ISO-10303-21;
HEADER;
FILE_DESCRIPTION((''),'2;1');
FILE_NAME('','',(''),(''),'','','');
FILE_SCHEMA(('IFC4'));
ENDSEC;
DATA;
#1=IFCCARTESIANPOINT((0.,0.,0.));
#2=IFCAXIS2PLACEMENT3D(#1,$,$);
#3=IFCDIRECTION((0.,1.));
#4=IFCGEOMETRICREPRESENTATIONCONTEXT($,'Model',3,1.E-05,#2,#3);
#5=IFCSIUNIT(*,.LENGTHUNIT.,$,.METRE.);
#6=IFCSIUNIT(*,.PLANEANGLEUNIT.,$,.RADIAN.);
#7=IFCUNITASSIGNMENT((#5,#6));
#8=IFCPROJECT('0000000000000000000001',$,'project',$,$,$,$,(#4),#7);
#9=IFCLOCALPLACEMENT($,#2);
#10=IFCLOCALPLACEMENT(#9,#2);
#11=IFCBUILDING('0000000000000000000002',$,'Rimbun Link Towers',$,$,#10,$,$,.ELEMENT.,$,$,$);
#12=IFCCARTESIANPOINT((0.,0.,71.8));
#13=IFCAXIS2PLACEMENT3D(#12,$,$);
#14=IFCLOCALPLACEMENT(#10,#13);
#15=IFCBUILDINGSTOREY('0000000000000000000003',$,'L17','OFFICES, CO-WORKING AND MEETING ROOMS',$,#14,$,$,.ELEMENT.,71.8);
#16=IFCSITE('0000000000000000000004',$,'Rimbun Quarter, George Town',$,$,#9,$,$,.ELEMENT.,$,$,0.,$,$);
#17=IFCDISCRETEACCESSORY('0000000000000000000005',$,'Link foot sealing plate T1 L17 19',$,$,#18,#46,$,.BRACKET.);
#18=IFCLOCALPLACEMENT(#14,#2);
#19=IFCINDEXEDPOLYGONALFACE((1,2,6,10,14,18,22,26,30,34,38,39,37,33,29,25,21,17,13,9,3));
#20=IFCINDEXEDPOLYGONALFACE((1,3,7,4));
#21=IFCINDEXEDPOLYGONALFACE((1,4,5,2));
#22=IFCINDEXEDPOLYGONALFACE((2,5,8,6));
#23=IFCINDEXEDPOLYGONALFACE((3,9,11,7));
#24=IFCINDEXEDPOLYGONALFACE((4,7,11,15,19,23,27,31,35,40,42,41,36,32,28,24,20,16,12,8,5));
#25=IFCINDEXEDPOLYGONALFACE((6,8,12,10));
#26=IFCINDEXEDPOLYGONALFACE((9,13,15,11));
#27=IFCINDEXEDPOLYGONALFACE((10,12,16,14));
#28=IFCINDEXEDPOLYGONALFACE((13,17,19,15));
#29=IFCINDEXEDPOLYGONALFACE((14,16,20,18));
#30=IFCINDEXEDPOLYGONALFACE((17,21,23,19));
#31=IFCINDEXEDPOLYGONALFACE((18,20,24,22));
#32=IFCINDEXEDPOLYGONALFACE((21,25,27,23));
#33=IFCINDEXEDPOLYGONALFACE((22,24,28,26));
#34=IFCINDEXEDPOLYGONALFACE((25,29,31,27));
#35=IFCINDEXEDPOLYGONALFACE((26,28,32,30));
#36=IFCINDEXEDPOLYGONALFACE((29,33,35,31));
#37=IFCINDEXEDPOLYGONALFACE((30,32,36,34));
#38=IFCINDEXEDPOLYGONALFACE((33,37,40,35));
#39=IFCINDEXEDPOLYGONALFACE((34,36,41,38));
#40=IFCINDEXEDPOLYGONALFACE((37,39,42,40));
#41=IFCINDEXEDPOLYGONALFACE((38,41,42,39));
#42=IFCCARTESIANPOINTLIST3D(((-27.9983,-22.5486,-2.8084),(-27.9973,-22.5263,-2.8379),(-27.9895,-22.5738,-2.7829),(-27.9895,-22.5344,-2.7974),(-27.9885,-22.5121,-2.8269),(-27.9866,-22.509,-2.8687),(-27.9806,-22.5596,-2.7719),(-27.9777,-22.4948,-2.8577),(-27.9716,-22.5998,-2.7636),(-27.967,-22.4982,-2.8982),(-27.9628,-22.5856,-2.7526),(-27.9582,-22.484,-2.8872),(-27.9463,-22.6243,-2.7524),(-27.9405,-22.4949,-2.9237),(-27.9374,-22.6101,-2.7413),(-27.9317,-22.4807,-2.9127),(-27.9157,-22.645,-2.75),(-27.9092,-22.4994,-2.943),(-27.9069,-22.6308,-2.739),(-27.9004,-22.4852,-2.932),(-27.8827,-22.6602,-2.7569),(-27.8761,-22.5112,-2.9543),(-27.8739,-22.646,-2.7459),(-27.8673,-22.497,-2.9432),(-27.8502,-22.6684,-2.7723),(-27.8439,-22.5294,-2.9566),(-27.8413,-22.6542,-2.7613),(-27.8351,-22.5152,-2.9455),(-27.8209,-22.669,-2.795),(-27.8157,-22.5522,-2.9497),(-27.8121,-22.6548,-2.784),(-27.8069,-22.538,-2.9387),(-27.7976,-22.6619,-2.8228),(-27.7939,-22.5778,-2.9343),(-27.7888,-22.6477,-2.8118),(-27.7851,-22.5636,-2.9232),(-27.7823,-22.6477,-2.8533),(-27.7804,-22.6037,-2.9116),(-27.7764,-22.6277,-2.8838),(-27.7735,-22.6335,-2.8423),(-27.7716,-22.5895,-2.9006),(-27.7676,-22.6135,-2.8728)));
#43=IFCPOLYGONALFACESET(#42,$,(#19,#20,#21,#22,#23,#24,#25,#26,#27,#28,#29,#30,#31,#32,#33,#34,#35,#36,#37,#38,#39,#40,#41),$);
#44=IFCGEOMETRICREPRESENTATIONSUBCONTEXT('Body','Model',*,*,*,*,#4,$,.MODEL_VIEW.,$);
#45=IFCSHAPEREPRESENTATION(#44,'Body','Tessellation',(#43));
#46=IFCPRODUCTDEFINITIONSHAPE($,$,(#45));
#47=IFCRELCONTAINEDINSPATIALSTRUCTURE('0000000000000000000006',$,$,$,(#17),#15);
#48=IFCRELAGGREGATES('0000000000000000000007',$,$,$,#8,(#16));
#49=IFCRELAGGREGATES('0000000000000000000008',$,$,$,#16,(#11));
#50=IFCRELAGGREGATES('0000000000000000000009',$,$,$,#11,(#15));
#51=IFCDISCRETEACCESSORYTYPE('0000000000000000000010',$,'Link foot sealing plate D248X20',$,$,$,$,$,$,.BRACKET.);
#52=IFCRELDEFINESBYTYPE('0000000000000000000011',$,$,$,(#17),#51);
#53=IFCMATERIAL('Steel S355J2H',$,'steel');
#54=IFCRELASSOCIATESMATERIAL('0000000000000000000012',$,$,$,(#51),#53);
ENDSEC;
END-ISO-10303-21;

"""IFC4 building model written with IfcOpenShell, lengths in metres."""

from ifc_helpers import new_model, si_unit, direction, frame, origin, origin_2d, place, context, subcontext, project, spatial, circle, extrude, material, material_profile, profile_set, type_object, element, save


model = new_model("IFC4")

# Units and contexts
model_context = context("Model", 3, precision=1e-05, world=origin(), true_north=direction((0.0, 1.0)))
body_context = subcontext(model_context, "Body", "Model", "MODEL_VIEW")
ifc_project = project(units=[si_unit("LENGTHUNIT", "METRE"), si_unit("PLANEANGLEUNIT", "RADIAN")], contexts=[model_context])

# Site, building, storey
site_placement = place(None, origin())
site = spatial("IfcSite", under=ifc_project, at=site_placement, Name="Rimbun Quarter, George Town", CompositionType="ELEMENT", RefElevation=0.0)
building_placement = place(site_placement, origin())
building = spatial("IfcBuilding", under=site, at=building_placement, Name="Rimbun Link Towers", CompositionType="ELEMENT")
storey_placement = place(building_placement, frame((0.0, 0.0, 71.8)))
storey = spatial("IfcBuildingStorey", under=building, at=storey_placement, Name="L17", Description="OFFICES, CO-WORKING AND MEETING ROOMS", CompositionType="ELEMENT", Elevation=71.8)

# Discrete accessory
ifc_material_1 = material(Name="Steel S355J2H", Category="steel")
ifc_material_profile_1 = material_profile(ifc_material_1, circle(Radius=0.124, at=origin_2d()), Name="PL D248")
ifc_profile_set_1 = profile_set([ifc_material_profile_1], Name="Steel S355J2H")
discrete_accessory_type = type_object("IfcDiscreteAccessoryType", Name="Link foot sealing plate D248X20", PredefinedType="BRACKET", material=ifc_profile_set_1)
discrete_accessory_placement = place(storey_placement, frame((-27.8789, -22.5681, -2.8423), z_axis=(-0.440303, -0.709377, -0.550379), x_axis=(0.84964, -0.527363, 0.0)))
element("IfcDiscreteAccessory", 1, at=discrete_accessory_placement, inside=storey, type_object=discrete_accessory_type, Name="Link foot sealing plate T1 L17 19", PredefinedType="BRACKET", context=body_context, shape_type="SweptSolid", body=[
    extrude(circle(Radius=0.124, at=origin_2d()), origin(), (0.0, 0.0, 1.0), 0.02),
])

save(model, "model.ifc")
